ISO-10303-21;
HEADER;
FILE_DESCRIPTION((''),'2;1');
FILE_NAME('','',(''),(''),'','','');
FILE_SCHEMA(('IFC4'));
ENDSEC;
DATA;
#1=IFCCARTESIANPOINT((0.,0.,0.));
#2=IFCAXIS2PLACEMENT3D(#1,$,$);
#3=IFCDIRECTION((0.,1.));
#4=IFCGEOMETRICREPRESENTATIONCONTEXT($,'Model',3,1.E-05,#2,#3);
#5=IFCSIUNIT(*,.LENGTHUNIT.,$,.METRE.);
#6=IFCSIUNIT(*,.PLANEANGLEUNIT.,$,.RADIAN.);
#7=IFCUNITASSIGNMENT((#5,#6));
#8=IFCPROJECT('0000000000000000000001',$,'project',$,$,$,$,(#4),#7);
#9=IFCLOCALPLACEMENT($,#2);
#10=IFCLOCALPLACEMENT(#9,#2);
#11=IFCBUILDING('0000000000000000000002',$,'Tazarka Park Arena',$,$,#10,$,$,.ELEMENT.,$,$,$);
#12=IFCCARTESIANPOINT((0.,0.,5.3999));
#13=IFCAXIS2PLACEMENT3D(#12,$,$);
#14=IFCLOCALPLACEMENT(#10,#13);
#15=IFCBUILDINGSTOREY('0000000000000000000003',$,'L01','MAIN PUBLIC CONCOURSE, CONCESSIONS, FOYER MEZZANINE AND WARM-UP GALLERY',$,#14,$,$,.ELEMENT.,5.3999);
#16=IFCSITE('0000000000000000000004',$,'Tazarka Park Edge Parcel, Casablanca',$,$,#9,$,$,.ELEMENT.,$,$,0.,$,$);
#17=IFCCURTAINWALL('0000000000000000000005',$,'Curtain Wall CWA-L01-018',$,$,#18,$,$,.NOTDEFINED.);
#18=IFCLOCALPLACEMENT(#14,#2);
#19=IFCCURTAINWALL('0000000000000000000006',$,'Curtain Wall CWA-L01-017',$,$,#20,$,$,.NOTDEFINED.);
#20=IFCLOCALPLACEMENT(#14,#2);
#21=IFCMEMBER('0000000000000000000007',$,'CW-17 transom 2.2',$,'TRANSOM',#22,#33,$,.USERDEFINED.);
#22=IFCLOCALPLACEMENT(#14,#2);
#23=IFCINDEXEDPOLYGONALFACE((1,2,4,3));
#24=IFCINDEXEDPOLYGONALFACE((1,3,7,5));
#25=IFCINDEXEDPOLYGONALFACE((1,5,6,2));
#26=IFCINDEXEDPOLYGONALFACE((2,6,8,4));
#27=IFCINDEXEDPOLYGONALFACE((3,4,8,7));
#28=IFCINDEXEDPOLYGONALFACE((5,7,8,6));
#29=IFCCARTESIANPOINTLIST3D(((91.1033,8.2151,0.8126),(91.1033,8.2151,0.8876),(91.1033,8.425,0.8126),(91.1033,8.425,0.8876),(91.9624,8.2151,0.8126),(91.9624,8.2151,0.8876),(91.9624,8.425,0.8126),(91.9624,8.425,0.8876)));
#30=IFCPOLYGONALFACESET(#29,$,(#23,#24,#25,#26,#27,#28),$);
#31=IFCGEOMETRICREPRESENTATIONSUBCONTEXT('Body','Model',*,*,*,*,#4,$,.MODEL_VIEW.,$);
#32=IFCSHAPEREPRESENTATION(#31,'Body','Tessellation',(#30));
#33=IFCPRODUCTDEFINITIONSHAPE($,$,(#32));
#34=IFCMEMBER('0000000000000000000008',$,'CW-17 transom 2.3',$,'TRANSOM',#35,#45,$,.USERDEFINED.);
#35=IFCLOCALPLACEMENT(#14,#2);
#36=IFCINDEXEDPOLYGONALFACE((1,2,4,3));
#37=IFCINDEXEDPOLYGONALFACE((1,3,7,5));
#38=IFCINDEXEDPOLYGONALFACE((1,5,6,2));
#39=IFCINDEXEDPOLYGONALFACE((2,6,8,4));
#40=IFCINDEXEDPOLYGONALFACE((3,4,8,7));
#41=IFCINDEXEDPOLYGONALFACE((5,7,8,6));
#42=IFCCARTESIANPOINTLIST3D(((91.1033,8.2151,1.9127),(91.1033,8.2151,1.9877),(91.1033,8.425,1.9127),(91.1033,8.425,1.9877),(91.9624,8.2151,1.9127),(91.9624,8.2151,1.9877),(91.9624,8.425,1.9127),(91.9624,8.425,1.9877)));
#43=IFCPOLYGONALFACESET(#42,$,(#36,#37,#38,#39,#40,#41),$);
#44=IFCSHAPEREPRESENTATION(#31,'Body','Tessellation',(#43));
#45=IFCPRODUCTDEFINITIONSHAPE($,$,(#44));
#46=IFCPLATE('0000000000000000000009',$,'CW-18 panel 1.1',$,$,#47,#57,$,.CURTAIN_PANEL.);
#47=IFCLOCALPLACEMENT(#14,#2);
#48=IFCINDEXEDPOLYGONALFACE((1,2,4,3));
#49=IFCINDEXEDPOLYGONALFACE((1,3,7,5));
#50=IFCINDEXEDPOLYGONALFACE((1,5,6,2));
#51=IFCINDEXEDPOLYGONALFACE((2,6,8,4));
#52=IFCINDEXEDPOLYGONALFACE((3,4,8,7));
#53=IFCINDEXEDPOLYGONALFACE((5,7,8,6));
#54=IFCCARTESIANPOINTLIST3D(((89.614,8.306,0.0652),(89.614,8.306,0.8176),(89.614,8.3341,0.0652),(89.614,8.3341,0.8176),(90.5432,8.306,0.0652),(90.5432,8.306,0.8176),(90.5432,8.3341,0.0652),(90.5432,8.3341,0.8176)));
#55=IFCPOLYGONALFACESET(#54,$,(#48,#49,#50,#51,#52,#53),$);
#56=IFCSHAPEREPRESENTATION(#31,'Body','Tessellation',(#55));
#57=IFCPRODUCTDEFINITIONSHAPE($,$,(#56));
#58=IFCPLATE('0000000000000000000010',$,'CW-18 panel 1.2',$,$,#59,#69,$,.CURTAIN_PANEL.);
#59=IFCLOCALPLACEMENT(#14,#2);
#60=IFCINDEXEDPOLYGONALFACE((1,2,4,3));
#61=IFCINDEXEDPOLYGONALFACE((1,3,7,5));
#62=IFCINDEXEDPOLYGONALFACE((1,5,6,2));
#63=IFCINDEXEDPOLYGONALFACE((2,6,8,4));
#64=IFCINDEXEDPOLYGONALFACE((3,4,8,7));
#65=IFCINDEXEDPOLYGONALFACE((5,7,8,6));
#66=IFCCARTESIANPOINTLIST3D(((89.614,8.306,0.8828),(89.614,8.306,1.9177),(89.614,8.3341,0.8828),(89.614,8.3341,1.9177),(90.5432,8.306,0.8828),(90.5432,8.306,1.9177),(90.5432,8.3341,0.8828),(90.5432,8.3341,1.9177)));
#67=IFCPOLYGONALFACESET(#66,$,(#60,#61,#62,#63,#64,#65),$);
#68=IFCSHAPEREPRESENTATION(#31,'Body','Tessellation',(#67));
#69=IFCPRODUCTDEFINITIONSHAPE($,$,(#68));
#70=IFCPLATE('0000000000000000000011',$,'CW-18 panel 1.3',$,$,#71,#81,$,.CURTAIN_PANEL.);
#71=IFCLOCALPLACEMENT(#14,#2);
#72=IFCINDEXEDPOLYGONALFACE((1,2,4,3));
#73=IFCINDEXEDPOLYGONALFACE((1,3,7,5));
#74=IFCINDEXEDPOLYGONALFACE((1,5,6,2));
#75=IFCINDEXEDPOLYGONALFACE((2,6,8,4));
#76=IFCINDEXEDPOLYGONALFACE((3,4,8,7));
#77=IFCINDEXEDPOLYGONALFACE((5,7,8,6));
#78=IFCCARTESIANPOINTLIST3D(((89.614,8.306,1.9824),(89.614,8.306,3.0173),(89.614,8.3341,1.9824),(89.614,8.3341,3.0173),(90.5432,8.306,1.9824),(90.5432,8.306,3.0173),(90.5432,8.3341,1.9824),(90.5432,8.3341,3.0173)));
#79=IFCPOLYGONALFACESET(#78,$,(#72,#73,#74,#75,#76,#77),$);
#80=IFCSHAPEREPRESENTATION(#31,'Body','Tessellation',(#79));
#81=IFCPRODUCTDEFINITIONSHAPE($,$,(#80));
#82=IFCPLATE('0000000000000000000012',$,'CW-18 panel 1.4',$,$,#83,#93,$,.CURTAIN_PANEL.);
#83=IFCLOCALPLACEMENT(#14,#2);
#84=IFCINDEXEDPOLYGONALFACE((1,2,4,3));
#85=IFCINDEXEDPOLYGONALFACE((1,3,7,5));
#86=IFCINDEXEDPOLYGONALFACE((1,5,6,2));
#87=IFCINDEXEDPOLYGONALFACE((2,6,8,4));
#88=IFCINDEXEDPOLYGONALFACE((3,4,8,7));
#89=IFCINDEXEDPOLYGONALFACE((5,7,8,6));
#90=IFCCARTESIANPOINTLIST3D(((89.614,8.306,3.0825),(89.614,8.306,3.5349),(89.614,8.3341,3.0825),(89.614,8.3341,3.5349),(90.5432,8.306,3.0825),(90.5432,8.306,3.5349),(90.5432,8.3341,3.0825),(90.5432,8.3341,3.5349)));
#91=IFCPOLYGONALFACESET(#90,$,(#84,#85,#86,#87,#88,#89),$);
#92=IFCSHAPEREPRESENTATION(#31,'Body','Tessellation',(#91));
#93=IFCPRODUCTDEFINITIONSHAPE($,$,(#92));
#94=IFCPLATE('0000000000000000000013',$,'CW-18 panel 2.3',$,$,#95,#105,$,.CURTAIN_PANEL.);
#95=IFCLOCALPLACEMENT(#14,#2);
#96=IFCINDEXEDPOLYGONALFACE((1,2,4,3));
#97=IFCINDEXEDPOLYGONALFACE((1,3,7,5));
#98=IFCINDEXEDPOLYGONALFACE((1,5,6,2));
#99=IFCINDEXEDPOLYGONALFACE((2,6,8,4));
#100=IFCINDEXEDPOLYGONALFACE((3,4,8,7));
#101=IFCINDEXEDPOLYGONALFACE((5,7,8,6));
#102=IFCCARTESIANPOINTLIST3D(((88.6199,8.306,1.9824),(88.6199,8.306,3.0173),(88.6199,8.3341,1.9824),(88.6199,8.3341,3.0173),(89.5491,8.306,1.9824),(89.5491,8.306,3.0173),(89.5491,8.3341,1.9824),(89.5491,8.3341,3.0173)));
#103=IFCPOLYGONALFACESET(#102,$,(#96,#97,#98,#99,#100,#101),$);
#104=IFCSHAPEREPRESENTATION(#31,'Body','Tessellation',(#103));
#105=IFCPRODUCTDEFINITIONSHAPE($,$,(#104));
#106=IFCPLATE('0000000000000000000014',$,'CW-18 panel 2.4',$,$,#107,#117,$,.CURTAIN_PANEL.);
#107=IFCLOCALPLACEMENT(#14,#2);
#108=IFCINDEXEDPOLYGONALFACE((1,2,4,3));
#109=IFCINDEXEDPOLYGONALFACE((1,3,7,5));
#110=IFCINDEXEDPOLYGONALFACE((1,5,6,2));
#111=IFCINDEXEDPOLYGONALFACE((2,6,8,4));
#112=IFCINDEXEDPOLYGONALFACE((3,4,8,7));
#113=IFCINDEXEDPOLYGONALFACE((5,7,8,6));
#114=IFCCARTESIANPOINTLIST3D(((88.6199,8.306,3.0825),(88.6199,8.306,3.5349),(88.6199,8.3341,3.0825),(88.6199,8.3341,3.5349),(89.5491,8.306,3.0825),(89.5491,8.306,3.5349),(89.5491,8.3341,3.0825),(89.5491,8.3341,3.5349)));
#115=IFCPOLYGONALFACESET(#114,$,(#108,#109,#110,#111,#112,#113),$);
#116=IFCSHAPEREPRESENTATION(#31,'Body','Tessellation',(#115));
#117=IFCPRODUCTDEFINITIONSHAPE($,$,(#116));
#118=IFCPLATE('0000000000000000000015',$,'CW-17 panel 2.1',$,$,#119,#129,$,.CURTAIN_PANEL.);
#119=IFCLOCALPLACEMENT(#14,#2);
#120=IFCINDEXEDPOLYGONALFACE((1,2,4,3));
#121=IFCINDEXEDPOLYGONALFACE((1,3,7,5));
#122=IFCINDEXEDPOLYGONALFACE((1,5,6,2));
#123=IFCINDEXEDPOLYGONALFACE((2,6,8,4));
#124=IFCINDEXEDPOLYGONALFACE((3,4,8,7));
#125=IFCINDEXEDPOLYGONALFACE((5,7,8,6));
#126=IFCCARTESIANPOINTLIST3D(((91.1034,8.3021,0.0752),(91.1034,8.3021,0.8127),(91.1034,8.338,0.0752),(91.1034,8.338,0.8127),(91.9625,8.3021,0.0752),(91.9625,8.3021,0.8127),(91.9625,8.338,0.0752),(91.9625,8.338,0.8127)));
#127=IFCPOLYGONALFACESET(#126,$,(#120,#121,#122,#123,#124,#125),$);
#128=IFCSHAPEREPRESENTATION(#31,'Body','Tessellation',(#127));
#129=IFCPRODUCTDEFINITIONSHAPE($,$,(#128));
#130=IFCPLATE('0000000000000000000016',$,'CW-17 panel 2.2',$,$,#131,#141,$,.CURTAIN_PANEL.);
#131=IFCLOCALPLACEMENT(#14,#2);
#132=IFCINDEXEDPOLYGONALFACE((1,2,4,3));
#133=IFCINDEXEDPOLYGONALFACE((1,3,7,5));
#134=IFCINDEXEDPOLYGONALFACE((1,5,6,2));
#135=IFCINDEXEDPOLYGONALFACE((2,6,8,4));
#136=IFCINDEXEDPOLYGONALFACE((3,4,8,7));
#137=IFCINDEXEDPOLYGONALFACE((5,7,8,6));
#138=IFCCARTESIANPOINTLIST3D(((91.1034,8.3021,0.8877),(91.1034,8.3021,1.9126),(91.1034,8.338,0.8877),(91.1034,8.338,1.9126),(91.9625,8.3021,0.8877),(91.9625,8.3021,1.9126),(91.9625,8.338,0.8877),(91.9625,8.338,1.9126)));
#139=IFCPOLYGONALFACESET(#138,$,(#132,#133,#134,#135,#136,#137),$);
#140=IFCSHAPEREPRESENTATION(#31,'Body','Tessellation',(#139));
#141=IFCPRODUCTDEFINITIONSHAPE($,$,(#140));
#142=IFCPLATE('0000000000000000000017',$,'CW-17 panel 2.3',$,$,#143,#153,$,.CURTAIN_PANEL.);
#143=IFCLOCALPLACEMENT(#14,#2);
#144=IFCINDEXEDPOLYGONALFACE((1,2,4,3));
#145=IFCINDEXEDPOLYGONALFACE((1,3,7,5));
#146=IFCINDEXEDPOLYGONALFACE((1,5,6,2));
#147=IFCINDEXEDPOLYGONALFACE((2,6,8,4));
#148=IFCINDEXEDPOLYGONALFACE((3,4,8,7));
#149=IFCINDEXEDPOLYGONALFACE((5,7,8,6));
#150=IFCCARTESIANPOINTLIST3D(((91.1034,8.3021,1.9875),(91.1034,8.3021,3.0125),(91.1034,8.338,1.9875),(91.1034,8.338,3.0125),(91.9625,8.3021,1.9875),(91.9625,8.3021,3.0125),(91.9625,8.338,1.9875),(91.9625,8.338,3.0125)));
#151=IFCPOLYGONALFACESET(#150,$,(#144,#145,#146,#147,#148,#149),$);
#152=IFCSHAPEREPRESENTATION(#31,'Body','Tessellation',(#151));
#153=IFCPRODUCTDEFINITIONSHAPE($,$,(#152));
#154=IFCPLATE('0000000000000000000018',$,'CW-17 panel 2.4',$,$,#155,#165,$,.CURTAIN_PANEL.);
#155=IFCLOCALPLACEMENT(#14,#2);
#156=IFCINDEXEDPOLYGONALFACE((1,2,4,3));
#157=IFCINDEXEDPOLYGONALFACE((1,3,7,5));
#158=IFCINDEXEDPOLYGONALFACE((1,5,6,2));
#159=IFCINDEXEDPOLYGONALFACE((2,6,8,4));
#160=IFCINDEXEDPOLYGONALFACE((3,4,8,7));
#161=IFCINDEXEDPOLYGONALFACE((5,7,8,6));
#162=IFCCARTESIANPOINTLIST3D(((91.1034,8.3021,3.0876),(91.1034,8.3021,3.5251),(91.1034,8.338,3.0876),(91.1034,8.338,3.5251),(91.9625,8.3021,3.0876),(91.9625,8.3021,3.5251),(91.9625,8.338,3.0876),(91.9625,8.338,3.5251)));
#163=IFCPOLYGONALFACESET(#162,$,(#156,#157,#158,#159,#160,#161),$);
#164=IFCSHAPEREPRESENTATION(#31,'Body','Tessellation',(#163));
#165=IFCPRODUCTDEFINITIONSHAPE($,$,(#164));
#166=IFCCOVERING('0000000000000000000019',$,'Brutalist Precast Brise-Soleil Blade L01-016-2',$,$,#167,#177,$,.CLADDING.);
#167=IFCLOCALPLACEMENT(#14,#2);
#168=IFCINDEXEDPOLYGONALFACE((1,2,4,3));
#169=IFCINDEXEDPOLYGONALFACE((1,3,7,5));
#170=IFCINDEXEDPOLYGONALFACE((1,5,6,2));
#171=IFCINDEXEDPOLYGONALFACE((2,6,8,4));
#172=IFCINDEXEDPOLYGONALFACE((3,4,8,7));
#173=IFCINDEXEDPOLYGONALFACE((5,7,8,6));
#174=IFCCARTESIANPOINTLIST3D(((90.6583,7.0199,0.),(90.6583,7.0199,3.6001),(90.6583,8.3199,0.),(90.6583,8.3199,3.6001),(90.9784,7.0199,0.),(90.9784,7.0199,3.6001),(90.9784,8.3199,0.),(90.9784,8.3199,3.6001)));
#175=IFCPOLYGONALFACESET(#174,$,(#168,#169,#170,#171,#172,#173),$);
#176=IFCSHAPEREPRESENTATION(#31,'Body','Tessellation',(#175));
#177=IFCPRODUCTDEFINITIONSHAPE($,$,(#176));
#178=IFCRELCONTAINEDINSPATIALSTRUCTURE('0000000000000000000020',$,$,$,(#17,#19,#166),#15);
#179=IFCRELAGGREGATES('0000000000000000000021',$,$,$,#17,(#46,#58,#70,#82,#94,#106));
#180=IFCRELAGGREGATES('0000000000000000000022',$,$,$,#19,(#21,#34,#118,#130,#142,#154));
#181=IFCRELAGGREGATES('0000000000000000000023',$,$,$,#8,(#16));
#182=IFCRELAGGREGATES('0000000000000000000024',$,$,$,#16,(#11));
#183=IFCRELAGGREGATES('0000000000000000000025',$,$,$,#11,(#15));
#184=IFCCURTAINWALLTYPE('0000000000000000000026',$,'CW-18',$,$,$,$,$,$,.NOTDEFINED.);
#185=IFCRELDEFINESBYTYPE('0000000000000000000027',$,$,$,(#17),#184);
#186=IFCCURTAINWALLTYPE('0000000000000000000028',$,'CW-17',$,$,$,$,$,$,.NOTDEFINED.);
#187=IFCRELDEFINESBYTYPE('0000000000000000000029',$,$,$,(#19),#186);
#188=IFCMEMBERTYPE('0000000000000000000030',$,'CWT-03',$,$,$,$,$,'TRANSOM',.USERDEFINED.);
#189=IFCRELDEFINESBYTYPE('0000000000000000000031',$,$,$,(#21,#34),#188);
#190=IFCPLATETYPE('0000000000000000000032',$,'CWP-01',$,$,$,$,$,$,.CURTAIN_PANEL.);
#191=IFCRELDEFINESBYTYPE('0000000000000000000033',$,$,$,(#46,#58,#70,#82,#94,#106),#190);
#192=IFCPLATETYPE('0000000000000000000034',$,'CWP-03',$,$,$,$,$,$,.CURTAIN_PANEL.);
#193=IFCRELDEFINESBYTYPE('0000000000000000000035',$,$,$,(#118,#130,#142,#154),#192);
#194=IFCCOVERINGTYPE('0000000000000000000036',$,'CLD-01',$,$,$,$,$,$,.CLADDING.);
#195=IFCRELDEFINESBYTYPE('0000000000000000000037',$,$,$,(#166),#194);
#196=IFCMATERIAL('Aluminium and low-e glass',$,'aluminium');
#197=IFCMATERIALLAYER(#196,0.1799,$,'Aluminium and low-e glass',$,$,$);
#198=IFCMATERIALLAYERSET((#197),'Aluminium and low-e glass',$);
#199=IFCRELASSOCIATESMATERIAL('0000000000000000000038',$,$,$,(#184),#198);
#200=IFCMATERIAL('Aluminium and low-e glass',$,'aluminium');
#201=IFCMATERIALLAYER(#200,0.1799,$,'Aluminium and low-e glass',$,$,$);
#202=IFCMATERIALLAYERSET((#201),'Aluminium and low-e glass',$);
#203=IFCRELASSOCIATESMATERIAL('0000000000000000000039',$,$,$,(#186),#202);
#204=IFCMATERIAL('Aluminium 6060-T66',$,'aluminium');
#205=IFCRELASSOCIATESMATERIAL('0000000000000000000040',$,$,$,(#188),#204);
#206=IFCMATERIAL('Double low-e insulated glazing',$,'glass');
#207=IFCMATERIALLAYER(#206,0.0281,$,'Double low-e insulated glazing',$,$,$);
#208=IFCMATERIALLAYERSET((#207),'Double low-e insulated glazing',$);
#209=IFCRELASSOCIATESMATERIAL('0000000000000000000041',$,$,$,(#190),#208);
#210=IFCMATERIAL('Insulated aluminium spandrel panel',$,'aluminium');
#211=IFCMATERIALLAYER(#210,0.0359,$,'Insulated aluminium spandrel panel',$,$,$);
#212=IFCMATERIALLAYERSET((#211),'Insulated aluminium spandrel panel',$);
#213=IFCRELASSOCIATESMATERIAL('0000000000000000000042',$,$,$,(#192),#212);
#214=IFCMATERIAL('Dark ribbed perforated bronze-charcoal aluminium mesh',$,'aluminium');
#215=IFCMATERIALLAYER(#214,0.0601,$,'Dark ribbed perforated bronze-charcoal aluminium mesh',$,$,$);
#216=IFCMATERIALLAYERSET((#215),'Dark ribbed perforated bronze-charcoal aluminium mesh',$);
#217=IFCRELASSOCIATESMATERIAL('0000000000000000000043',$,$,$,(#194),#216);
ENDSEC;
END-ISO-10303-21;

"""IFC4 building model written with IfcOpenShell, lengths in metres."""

from ifc_helpers import new_model, si_unit, direction, frame, origin, origin_2d, place, context, subcontext, project, spatial, rectangle, extrude, material, layer, layer_set, material_profile, profile_set, type_object, element, aggregate, save


model = new_model("IFC4")

# Units and contexts
model_context = context("Model", 3, precision=1e-05, world=origin(), true_north=direction((0.0, 1.0)))
body_context = subcontext(model_context, "Body", "Model", "MODEL_VIEW")
ifc_project = project(units=[si_unit("LENGTHUNIT", "METRE"), si_unit("PLANEANGLEUNIT", "RADIAN")], contexts=[model_context])

# Site, building, storey
site_placement = place(None, origin())
site = spatial("IfcSite", under=ifc_project, at=site_placement, Name="Tazarka Park Edge Parcel, Casablanca", CompositionType="ELEMENT", RefElevation=0.0)
building_placement = place(site_placement, origin())
building = spatial("IfcBuilding", under=site, at=building_placement, Name="Tazarka Park Arena", CompositionType="ELEMENT")
storey_placement = place(building_placement, frame((0.0, 0.0, 5.3999)))
storey = spatial("IfcBuildingStorey", under=building, at=storey_placement, Name="L01", Description="MAIN PUBLIC CONCOURSE, CONCESSIONS, FOYER MEZZANINE AND WARM-UP GALLERY", CompositionType="ELEMENT", Elevation=5.3999)

# Curtain wall
ifc_material_1 = material(Name="Aluminium and low-e glass", Category="aluminium")
ifc_layer_1 = layer(ifc_material_1, 0.1799, Name="Aluminium and low-e glass")
ifc_layer_set_1 = layer_set([ifc_layer_1], Name="Aluminium and low-e glass")
curtain_wall_type_1 = type_object("IfcCurtainWallType", Name="CW-18", PredefinedType="NOTDEFINED", material=ifc_layer_set_1)
curtain_wall_1_placement = place(storey_placement, origin())
curtain_wall_1 = element("IfcCurtainWall", 1, at=curtain_wall_1_placement, inside=storey, type_object=curtain_wall_type_1, Name="Curtain Wall CWA-L01-018", PredefinedType="NOTDEFINED")

# Curtain wall
ifc_material_2 = material(Name="Aluminium and low-e glass", Category="aluminium")
ifc_layer_2 = layer(ifc_material_2, 0.1799, Name="Aluminium and low-e glass")
ifc_layer_set_2 = layer_set([ifc_layer_2], Name="Aluminium and low-e glass")
curtain_wall_type_2 = type_object("IfcCurtainWallType", Name="CW-17", PredefinedType="NOTDEFINED", material=ifc_layer_set_2)
curtain_wall_2_placement = place(storey_placement, origin())
curtain_wall_2 = element("IfcCurtainWall", 2, at=curtain_wall_2_placement, inside=storey, type_object=curtain_wall_type_2, Name="Curtain Wall CWA-L01-017", PredefinedType="NOTDEFINED")

# Members
ifc_material_3 = material(Name="Aluminium 6060-T66", Category="aluminium")
ifc_material_profile_1 = material_profile(ifc_material_3, rectangle(XDim=0.21, YDim=0.075, at=origin_2d()), Name="Aluminium 6060-T66")
ifc_profile_set_1 = profile_set([ifc_material_profile_1], Name="Aluminium 6060-T66")
member_type_1 = type_object("IfcMemberType", Name="CWT-03", ElementType="TRANSOM", PredefinedType="USERDEFINED", material=ifc_profile_set_1)
member_1_placement = place(storey_placement, frame((91.9624, 8.3201, 0.8501), z_axis=(-1.0, 0.0, 0.0), x_axis=(0.0, -1.0, 0.0)))
member_1 = element("IfcMember", 3, at=member_1_placement, type_object=member_type_1, Name="CW-17 transom 2.2", ObjectType="TRANSOM", PredefinedType="USERDEFINED", context=body_context, shape_type="SweptSolid", body=[
    extrude(rectangle(XDim=0.21, YDim=0.075, at=origin_2d()), origin(), (0.0, 0.0, 1.0), 0.8591),
])
member_2_placement = place(storey_placement, frame((91.9624, 8.3201, 1.9502), z_axis=(-1.0, 0.0, 0.0), x_axis=(0.0, -1.0, 0.0)))
member_2 = element("IfcMember", 4, at=member_2_placement, type_object=member_type_1, Name="CW-17 transom 2.3", ObjectType="TRANSOM", PredefinedType="USERDEFINED", context=body_context, shape_type="SweptSolid", body=[
    extrude(rectangle(XDim=0.21, YDim=0.075, at=origin_2d()), origin(), (0.0, 0.0, 1.0), 0.8591),
])

# Plates
ifc_material_4 = material(Name="Double low-e insulated glazing", Category="glass")
ifc_layer_3 = layer(ifc_material_4, 0.0281, Name="Double low-e insulated glazing")
ifc_layer_set_3 = layer_set([ifc_layer_3], Name="Double low-e insulated glazing")
plate_type_1 = type_object("IfcPlateType", Name="CWP-01", PredefinedType="CURTAIN_PANEL", material=ifc_layer_set_3)
plate_1_placement = place(storey_placement, frame((90.0786, 8.3201, 0.0652), z_axis=(0.0, 0.0, 1.0), x_axis=(-1.0, 0.0, 0.0)))
plate_1 = element("IfcPlate", 5, at=plate_1_placement, type_object=plate_type_1, Name="CW-18 panel 1.1", PredefinedType="CURTAIN_PANEL", context=body_context, shape_type="SweptSolid", body=[
    extrude(rectangle(XDim=0.9292, YDim=0.0281, at=origin_2d()), origin(), (0.0, 0.0, 1.0), 0.7524),
])
plate_2_placement = place(storey_placement, frame((90.0786, 8.3201, 0.8828), z_axis=(0.0, 0.0, 1.0), x_axis=(-1.0, 0.0, 0.0)))
plate_2 = element("IfcPlate", 6, at=plate_2_placement, type_object=plate_type_1, Name="CW-18 panel 1.2", PredefinedType="CURTAIN_PANEL", context=body_context, shape_type="SweptSolid", body=[
    extrude(rectangle(XDim=0.9292, YDim=0.0281, at=origin_2d()), origin(), (0.0, 0.0, 1.0), 1.0349),
])
plate_3_placement = place(storey_placement, frame((90.0786, 8.3201, 1.9824), z_axis=(0.0, 0.0, 1.0), x_axis=(-1.0, 0.0, 0.0)))
plate_3 = element("IfcPlate", 7, at=plate_3_placement, type_object=plate_type_1, Name="CW-18 panel 1.3", PredefinedType="CURTAIN_PANEL", context=body_context, shape_type="SweptSolid", body=[
    extrude(rectangle(XDim=0.9292, YDim=0.0281, at=origin_2d()), origin(), (0.0, 0.0, 1.0), 1.0349),
])
plate_4_placement = place(storey_placement, frame((90.0786, 8.3201, 3.0825), z_axis=(0.0, 0.0, 1.0), x_axis=(-1.0, 0.0, 0.0)))
plate_4 = element("IfcPlate", 8, at=plate_4_placement, type_object=plate_type_1, Name="CW-18 panel 1.4", PredefinedType="CURTAIN_PANEL", context=body_context, shape_type="SweptSolid", body=[
    extrude(rectangle(XDim=0.9292, YDim=0.0281, at=origin_2d()), origin(), (0.0, 0.0, 1.0), 0.4524),
])
plate_5_placement = place(storey_placement, frame((89.0845, 8.3201, 1.9824), z_axis=(0.0, 0.0, 1.0), x_axis=(-1.0, 0.0, 0.0)))
plate_5 = element("IfcPlate", 9, at=plate_5_placement, type_object=plate_type_1, Name="CW-18 panel 2.3", PredefinedType="CURTAIN_PANEL", context=body_context, shape_type="SweptSolid", body=[
    extrude(rectangle(XDim=0.9292, YDim=0.0281, at=origin_2d()), origin(), (0.0, 0.0, 1.0), 1.0349),
])
plate_6_placement = place(storey_placement, frame((89.0845, 8.3201, 3.0825), z_axis=(0.0, 0.0, 1.0), x_axis=(-1.0, 0.0, 0.0)))
plate_6 = element("IfcPlate", 10, at=plate_6_placement, type_object=plate_type_1, Name="CW-18 panel 2.4", PredefinedType="CURTAIN_PANEL", context=body_context, shape_type="SweptSolid", body=[
    extrude(rectangle(XDim=0.9292, YDim=0.0281, at=origin_2d()), origin(), (0.0, 0.0, 1.0), 0.4524),
])
aggregate(curtain_wall_1, [plate_1, plate_2, plate_3, plate_4, plate_5, plate_6])
ifc_material_5 = material(Name="Insulated aluminium spandrel panel", Category="aluminium")
ifc_layer_4 = layer(ifc_material_5, 0.0359, Name="Insulated aluminium spandrel panel")
ifc_layer_set_4 = layer_set([ifc_layer_4], Name="Insulated aluminium spandrel panel")
plate_type_2 = type_object("IfcPlateType", Name="CWP-03", PredefinedType="CURTAIN_PANEL", material=ifc_layer_set_4)
plate_7_placement = place(storey_placement, frame((91.533, 8.3201, 0.0752), z_axis=(0.0, 0.0, 1.0), x_axis=(-1.0, 0.0, 0.0)))
plate_7 = element("IfcPlate", 11, at=plate_7_placement, type_object=plate_type_2, Name="CW-17 panel 2.1", PredefinedType="CURTAIN_PANEL", context=body_context, shape_type="SweptSolid", body=[
    extrude(rectangle(XDim=0.8591, YDim=0.0359, at=origin_2d()), origin(), (0.0, 0.0, 1.0), 0.7375),
])
plate_8_placement = place(storey_placement, frame((91.533, 8.3201, 0.8877), z_axis=(0.0, 0.0, 1.0), x_axis=(-1.0, 0.0, 0.0)))
plate_8 = element("IfcPlate", 12, at=plate_8_placement, type_object=plate_type_2, Name="CW-17 panel 2.2", PredefinedType="CURTAIN_PANEL", context=body_context, shape_type="SweptSolid", body=[
    extrude(rectangle(XDim=0.8591, YDim=0.0359, at=origin_2d()), origin(), (0.0, 0.0, 1.0), 1.0249),
])
plate_9_placement = place(storey_placement, frame((91.533, 8.3201, 1.9875), z_axis=(0.0, 0.0, 1.0), x_axis=(-1.0, 0.0, 0.0)))
plate_9 = element("IfcPlate", 13, at=plate_9_placement, type_object=plate_type_2, Name="CW-17 panel 2.3", PredefinedType="CURTAIN_PANEL", context=body_context, shape_type="SweptSolid", body=[
    extrude(rectangle(XDim=0.8591, YDim=0.0359, at=origin_2d()), origin(), (0.0, 0.0, 1.0), 1.0249),
])
plate_10_placement = place(storey_placement, frame((91.533, 8.3201, 3.0876), z_axis=(0.0, 0.0, 1.0), x_axis=(-1.0, 0.0, 0.0)))
plate_10 = element("IfcPlate", 14, at=plate_10_placement, type_object=plate_type_2, Name="CW-17 panel 2.4", PredefinedType="CURTAIN_PANEL", context=body_context, shape_type="SweptSolid", body=[
    extrude(rectangle(XDim=0.8591, YDim=0.0359, at=origin_2d()), origin(), (0.0, 0.0, 1.0), 0.4375),
])
aggregate(curtain_wall_2, [member_1, member_2, plate_7, plate_8, plate_9, plate_10])

# Covering
ifc_material_6 = material(Name="Dark ribbed perforated bronze-charcoal aluminium mesh", Category="aluminium")
ifc_layer_5 = layer(ifc_material_6, 0.0601, Name="Dark ribbed perforated bronze-charcoal aluminium mesh")
ifc_layer_set_5 = layer_set([ifc_layer_5], Name="Dark ribbed perforated bronze-charcoal aluminium mesh")
covering_type = type_object("IfcCoveringType", Name="CLD-01", PredefinedType="CLADDING", material=ifc_layer_set_5)
covering_placement = place(storey_placement, frame((90.8184, 7.6699, 0.0), z_axis=(0.0, 0.0, 1.0), x_axis=(-1.0, 0.0, 0.0)))
element("IfcCovering", 15, at=covering_placement, inside=storey, type_object=covering_type, Name="Brutalist Precast Brise-Soleil Blade L01-016-2", PredefinedType="CLADDING", context=body_context, shape_type="SweptSolid", body=[
    extrude(rectangle(XDim=0.3201, YDim=1.3, at=origin_2d()), origin(), (0.0, 0.0, 1.0), 3.6001),
])

save(model, "model.ifc")
